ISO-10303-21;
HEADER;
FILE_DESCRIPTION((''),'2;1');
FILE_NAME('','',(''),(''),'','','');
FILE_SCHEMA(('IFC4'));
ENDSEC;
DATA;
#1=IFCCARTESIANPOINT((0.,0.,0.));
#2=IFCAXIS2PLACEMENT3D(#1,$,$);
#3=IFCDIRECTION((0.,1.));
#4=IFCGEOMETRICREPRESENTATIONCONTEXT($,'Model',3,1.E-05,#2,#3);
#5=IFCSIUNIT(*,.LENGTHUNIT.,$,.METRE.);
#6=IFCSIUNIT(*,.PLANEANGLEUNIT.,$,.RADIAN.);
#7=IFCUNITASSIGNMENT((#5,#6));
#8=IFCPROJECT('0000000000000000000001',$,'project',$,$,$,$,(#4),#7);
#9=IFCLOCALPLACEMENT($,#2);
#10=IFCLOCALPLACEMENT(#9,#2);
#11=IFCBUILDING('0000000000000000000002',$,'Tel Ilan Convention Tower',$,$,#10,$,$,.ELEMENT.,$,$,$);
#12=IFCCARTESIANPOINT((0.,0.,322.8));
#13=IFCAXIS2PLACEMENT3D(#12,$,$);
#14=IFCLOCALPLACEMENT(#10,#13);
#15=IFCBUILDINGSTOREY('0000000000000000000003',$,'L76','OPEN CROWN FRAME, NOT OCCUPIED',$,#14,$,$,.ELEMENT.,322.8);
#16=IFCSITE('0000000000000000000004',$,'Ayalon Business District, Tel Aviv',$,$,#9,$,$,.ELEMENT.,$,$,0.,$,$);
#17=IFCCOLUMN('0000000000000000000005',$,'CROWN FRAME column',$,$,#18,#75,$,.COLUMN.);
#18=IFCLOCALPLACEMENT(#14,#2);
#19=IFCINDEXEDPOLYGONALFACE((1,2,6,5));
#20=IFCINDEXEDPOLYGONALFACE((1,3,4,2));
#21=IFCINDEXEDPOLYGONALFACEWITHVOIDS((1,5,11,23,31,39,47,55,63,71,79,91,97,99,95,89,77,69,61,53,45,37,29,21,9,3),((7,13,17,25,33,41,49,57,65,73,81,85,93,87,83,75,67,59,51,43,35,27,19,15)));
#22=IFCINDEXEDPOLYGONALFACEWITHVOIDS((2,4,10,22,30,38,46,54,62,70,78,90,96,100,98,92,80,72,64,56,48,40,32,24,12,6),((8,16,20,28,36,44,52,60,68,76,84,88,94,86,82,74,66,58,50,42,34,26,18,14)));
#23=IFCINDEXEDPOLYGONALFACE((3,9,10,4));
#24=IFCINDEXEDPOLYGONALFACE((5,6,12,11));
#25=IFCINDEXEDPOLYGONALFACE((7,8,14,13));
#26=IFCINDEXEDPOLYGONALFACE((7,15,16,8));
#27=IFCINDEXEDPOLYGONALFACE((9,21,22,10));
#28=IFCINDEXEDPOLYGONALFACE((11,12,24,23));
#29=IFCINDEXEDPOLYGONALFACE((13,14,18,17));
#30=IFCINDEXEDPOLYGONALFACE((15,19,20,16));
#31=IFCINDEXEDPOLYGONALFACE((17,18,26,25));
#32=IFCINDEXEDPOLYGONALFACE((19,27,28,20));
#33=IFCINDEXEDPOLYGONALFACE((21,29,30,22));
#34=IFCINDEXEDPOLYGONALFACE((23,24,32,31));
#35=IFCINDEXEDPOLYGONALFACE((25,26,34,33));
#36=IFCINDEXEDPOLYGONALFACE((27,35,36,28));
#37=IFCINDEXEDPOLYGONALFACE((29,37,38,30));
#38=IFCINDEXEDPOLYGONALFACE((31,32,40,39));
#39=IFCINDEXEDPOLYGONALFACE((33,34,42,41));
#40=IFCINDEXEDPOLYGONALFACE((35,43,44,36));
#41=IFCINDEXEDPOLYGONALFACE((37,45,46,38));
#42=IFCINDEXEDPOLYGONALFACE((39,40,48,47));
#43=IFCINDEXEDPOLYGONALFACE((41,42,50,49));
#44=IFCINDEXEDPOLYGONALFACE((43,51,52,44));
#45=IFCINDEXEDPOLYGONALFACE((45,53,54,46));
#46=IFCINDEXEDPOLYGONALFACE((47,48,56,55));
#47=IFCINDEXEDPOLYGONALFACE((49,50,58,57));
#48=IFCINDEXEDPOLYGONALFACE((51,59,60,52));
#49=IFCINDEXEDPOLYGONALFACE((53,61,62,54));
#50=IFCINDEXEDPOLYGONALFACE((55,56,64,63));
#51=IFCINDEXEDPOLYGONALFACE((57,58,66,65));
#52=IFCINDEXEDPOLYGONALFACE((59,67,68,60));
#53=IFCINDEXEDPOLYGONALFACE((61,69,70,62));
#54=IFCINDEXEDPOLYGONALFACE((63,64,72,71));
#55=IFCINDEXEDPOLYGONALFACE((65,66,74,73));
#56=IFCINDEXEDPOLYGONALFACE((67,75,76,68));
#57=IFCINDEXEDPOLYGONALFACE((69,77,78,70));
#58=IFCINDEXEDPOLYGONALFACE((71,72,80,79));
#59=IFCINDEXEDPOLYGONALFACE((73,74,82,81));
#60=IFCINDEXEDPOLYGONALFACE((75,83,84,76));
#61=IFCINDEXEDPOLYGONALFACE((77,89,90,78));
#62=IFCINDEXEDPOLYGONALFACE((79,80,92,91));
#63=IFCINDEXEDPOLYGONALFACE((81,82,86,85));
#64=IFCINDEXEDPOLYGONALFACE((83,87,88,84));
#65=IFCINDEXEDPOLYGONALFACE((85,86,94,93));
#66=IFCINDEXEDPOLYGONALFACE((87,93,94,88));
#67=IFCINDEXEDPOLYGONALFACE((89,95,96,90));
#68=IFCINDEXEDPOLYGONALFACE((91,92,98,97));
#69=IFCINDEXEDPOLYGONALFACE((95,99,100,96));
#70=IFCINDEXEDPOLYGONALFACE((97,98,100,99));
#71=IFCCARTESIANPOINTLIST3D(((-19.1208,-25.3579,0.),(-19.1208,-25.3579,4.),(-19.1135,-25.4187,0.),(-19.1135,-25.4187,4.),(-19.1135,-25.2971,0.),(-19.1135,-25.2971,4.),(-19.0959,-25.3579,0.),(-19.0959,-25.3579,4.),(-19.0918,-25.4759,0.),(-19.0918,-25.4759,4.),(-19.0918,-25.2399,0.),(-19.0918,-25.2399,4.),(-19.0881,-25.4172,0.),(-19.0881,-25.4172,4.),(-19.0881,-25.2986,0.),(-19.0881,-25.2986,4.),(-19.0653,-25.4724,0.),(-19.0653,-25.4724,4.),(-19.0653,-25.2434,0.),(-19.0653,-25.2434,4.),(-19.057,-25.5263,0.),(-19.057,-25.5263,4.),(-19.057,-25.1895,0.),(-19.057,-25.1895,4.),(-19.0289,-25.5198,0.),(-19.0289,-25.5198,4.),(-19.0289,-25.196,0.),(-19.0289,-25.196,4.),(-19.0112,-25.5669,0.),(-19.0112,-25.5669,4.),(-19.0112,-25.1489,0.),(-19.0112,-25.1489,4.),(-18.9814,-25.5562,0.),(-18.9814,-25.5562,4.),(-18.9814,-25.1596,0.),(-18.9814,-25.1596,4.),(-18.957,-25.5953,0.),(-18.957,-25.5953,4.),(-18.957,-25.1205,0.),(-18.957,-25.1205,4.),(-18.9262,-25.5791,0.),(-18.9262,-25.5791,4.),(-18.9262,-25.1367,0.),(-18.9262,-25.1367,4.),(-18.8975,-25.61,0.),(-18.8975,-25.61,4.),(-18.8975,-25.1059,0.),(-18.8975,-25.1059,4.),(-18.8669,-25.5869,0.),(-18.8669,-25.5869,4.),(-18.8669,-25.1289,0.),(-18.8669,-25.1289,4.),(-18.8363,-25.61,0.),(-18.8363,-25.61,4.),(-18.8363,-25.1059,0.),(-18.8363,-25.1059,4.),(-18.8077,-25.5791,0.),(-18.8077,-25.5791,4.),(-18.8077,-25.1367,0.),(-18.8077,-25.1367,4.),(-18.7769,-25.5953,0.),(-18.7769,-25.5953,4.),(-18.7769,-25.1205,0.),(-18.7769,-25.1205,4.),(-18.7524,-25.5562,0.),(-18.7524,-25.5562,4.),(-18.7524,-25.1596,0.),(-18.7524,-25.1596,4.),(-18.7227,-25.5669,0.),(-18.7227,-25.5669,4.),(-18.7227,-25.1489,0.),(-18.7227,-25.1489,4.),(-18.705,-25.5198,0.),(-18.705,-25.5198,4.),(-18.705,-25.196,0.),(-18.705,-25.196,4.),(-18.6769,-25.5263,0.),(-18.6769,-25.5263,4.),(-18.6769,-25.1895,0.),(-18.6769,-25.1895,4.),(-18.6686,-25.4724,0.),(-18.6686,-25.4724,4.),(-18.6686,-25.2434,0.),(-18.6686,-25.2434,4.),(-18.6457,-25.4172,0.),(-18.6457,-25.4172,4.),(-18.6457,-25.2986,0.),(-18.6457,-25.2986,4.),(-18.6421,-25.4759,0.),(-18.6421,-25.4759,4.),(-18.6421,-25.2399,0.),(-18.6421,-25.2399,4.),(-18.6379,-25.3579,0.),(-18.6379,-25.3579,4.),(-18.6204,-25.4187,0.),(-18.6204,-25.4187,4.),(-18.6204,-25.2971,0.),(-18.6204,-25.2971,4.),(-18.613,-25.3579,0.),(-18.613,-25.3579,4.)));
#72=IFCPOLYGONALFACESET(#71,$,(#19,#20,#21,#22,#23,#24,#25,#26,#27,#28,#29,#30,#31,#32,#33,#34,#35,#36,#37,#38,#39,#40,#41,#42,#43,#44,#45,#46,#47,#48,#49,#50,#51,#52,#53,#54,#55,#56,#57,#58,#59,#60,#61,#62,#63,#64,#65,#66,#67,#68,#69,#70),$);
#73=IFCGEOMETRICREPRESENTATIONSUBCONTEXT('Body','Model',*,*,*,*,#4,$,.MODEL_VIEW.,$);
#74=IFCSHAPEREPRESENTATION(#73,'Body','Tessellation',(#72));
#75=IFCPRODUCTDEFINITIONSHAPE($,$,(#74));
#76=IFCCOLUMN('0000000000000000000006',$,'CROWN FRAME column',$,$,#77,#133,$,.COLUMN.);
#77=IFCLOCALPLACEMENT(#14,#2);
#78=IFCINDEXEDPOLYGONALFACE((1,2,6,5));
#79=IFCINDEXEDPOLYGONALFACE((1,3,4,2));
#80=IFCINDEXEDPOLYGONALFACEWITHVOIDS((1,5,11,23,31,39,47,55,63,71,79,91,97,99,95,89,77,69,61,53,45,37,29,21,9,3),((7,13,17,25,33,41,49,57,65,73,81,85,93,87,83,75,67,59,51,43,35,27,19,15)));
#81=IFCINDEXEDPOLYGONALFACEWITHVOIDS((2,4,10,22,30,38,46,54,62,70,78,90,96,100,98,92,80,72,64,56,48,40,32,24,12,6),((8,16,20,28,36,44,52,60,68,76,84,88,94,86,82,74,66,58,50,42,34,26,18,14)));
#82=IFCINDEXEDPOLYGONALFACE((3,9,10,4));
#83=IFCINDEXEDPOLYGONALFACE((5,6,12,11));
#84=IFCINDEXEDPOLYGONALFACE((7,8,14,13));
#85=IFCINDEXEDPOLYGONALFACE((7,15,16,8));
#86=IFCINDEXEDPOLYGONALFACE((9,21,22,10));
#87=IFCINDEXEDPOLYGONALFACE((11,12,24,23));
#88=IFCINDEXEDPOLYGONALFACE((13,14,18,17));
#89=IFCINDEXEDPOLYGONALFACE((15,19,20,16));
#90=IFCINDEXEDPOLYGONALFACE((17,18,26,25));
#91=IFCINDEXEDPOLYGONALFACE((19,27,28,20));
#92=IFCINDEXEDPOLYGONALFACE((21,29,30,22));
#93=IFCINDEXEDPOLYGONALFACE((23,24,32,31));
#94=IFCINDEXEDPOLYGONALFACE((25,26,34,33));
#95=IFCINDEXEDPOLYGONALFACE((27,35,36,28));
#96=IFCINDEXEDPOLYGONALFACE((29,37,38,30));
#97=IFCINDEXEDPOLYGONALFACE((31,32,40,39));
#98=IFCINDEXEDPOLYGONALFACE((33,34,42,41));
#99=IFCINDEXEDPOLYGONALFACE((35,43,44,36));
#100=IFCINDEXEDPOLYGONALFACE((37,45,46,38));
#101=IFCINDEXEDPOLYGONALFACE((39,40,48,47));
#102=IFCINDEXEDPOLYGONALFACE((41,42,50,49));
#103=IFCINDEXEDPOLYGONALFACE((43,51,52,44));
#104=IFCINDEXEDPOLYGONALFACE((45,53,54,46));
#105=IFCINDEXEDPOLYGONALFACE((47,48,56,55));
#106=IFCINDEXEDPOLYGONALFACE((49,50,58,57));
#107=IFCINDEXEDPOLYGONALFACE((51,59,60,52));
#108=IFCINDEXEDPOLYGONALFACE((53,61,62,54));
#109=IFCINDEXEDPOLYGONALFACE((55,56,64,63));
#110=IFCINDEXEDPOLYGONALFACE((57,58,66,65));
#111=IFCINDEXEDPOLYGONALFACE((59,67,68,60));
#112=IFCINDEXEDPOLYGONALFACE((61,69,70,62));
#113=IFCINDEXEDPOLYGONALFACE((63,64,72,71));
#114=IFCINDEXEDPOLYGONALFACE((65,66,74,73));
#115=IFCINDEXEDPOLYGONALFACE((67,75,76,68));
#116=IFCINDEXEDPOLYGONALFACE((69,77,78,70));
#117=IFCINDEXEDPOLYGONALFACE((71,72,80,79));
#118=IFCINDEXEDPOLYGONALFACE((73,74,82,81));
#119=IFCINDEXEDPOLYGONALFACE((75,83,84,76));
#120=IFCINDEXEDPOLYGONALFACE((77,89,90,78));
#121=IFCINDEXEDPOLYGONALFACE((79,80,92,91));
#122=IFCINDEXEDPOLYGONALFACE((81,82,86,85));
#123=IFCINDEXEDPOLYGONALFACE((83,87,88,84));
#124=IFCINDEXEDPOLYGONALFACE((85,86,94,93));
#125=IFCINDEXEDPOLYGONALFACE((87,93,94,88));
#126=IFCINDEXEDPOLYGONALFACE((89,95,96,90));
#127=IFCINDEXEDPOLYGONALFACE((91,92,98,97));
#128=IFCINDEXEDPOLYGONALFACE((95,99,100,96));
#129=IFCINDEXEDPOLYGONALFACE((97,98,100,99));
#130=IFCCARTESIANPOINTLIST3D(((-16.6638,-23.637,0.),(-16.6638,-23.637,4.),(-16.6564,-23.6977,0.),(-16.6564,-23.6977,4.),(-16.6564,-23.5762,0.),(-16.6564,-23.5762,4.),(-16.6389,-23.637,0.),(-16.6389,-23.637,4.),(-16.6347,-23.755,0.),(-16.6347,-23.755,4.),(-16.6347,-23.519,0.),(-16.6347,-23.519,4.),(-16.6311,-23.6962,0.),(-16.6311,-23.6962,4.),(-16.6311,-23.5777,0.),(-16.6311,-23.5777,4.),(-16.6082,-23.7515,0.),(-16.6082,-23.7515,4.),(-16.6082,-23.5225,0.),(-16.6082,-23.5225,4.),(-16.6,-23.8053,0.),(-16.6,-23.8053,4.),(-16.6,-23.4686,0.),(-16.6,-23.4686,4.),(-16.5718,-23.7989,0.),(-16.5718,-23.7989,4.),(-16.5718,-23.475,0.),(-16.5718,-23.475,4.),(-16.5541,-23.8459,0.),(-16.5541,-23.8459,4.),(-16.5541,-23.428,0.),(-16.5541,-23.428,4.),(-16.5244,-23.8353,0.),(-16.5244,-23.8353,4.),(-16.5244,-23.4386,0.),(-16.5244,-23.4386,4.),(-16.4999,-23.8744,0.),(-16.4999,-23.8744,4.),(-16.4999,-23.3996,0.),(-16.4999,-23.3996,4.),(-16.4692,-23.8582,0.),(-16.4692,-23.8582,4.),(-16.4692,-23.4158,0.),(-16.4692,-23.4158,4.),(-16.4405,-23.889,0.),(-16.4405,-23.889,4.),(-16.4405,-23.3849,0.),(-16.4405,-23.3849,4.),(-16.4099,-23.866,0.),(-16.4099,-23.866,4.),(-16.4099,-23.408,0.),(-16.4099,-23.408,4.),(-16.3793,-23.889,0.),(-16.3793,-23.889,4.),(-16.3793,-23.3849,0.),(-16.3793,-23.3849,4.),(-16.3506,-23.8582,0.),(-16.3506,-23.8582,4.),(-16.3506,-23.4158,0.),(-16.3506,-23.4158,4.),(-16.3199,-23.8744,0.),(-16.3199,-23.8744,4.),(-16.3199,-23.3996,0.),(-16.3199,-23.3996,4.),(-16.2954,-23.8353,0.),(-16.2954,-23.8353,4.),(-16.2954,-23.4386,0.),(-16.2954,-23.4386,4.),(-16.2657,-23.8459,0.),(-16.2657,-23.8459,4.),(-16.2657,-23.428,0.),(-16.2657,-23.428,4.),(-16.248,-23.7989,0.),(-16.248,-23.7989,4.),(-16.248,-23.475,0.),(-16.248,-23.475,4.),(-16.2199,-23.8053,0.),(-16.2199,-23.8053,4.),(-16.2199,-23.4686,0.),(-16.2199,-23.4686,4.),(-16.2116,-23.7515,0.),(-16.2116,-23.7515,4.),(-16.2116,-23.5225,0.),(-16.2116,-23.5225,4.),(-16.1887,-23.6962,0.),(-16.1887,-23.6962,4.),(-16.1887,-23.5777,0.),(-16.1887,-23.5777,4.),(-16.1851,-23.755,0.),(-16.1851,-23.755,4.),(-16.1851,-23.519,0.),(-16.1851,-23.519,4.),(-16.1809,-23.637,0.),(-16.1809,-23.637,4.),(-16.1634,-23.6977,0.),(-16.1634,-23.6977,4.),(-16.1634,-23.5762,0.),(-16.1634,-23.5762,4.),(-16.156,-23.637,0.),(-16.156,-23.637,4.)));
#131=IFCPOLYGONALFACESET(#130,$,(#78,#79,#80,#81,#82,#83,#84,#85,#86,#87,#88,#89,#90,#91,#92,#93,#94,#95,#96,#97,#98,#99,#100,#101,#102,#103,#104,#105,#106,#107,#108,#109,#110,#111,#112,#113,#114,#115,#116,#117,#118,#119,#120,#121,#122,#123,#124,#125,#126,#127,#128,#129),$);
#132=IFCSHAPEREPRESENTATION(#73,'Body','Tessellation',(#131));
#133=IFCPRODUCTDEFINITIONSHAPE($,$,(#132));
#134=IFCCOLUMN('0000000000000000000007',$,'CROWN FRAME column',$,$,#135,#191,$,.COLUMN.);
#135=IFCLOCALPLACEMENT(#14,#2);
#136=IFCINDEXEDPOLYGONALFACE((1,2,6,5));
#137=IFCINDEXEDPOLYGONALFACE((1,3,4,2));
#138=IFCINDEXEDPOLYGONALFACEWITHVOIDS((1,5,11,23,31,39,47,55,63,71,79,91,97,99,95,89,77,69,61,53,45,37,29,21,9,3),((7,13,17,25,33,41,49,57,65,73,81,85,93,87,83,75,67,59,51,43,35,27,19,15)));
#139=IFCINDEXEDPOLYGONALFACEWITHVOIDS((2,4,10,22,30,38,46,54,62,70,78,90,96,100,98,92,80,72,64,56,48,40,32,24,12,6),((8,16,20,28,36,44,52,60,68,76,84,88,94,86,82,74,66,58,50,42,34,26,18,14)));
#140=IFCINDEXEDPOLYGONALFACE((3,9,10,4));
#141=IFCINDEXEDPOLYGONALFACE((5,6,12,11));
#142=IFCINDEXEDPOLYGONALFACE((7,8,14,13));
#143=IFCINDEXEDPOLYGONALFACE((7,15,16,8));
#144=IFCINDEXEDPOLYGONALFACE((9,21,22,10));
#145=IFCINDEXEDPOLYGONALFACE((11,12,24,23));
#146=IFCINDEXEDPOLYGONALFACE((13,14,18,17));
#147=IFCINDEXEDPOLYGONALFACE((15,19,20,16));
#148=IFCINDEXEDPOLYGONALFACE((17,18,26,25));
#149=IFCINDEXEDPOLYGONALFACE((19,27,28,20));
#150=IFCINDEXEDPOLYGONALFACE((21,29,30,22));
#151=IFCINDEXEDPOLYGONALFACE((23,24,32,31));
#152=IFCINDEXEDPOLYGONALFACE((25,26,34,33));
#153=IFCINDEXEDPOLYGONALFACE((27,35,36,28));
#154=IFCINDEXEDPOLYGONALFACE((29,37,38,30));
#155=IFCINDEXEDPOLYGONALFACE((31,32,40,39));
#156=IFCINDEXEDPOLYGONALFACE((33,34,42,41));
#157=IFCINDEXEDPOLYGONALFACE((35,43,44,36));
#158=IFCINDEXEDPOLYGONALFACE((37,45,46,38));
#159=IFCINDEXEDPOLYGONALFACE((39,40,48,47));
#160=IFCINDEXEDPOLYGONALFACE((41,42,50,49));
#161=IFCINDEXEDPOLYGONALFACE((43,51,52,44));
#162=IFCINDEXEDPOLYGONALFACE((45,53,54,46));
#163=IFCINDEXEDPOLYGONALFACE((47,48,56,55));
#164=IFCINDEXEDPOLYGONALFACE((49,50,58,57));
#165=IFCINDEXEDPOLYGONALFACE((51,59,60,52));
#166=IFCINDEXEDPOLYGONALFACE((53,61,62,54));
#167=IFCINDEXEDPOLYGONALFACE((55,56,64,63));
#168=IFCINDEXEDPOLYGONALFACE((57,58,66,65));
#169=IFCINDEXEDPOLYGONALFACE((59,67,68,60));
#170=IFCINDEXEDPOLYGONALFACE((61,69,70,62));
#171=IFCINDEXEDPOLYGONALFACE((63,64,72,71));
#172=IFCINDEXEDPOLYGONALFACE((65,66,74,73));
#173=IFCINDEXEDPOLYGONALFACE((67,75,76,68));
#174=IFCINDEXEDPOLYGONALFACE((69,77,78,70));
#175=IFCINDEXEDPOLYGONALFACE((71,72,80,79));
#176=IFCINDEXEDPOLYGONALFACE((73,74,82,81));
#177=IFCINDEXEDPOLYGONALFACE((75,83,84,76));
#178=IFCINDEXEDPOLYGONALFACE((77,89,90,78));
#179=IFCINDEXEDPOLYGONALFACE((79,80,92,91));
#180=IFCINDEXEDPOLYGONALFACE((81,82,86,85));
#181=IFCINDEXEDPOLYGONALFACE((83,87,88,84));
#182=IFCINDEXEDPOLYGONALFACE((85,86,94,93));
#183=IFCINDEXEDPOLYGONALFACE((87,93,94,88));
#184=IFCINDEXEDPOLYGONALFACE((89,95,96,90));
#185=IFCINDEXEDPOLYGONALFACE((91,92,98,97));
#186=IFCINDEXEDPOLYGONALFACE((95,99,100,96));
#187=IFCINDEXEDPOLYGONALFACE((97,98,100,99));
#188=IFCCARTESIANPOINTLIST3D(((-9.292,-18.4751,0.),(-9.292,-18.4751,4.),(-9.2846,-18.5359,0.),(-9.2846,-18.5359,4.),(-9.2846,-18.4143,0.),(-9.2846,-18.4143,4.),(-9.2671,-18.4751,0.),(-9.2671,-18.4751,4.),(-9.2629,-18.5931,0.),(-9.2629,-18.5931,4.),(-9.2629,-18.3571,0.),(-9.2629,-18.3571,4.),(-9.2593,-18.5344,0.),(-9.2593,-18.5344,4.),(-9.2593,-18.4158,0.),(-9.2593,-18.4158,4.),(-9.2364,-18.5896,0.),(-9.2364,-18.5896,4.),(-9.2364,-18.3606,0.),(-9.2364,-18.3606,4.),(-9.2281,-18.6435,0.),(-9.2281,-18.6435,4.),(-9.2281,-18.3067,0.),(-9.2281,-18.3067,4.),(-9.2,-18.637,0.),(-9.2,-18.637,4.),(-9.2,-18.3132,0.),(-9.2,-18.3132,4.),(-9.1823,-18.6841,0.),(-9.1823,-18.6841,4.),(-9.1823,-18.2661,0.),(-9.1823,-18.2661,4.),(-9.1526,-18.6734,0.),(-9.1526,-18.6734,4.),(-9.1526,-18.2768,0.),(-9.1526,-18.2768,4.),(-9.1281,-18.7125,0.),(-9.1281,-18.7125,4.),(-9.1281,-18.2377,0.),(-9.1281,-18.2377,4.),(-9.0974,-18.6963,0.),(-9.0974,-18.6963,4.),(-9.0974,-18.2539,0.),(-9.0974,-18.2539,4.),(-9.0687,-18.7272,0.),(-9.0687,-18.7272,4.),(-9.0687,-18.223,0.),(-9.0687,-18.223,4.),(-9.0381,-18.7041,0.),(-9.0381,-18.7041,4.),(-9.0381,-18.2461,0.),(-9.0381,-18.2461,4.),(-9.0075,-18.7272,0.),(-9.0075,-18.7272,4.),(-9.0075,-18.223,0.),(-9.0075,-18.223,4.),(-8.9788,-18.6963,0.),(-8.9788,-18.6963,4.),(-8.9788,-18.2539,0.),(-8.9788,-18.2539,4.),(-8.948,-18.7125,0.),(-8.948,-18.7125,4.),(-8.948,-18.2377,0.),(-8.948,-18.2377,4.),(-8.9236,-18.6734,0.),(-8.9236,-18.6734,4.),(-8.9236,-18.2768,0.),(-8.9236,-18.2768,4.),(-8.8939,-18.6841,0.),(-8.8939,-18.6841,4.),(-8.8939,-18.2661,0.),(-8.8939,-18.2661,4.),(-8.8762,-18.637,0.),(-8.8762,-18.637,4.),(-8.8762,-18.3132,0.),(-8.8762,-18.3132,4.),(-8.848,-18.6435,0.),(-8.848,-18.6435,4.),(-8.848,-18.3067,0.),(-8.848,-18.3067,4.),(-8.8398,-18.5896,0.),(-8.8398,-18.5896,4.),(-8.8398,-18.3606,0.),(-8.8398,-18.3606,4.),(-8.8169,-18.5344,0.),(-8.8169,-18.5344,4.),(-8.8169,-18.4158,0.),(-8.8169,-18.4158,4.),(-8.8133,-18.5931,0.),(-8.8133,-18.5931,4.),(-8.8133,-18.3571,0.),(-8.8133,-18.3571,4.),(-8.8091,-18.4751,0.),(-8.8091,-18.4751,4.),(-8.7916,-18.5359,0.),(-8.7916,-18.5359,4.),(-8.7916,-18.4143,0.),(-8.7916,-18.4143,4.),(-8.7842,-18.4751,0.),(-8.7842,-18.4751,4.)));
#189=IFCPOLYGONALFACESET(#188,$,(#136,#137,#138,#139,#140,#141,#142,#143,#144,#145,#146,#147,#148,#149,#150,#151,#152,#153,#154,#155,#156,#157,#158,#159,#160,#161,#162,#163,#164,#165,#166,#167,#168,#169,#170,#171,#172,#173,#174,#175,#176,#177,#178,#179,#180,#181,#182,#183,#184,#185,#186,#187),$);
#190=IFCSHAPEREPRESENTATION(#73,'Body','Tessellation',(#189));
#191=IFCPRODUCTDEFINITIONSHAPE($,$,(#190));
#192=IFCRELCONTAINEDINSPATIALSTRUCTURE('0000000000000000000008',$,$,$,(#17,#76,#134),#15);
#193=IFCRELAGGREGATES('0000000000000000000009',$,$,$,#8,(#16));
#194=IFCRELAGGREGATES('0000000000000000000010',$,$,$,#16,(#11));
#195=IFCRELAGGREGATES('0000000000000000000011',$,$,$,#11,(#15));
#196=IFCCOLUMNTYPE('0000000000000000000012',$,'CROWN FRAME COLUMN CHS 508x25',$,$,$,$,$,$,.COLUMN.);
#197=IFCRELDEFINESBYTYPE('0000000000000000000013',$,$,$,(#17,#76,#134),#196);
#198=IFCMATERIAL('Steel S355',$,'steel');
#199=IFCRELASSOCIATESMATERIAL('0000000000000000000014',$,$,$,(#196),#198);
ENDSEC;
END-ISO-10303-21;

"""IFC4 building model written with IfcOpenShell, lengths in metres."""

from ifc_helpers import new_model, si_unit, direction, frame, origin, origin_2d, place, context, subcontext, project, spatial, hollow_circle, extrude, material, material_profile, profile_set, type_object, element, save


model = new_model("IFC4")

# Units and contexts
model_context = context("Model", 3, precision=1e-05, world=origin(), true_north=direction((0.0, 1.0)))
body_context = subcontext(model_context, "Body", "Model", "MODEL_VIEW")
ifc_project = project(units=[si_unit("LENGTHUNIT", "METRE"), si_unit("PLANEANGLEUNIT", "RADIAN")], contexts=[model_context])

# Site, building, storey
site_placement = place(None, origin())
site = spatial("IfcSite", under=ifc_project, at=site_placement, Name="Ayalon Business District, Tel Aviv", CompositionType="ELEMENT", RefElevation=0.0)
building_placement = place(site_placement, origin())
building = spatial("IfcBuilding", under=site, at=building_placement, Name="Tel Ilan Convention Tower", CompositionType="ELEMENT")
storey_placement = place(building_placement, frame((0.0, 0.0, 322.8)))
storey = spatial("IfcBuildingStorey", under=building, at=storey_placement, Name="L76", Description="OPEN CROWN FRAME, NOT OCCUPIED", CompositionType="ELEMENT", Elevation=322.8)

# Columns
ifc_material_1 = material(Name="Steel S355", Category="steel")
ifc_material_profile_1 = material_profile(ifc_material_1, hollow_circle(Radius=0.2539, WallThickness=0.0249, at=origin_2d()), Name="CHS 508x25")
ifc_profile_set_1 = profile_set([ifc_material_profile_1], Name="Steel S355")
column_type = type_object("IfcColumnType", Name="CROWN FRAME COLUMN CHS 508x25", PredefinedType="COLUMN", material=ifc_profile_set_1)
for number, where, z_axis, x_axis, name in (
    (1, (-18.8669, -25.3579, 0.0), (0.0, 0.0, 1.0), (1.0, 0.0, 0.0), "CROWN FRAME column"),
    (2, (-16.4099, -23.637, 0.0), (0.0, 0.0, 1.0), (1.0, 0.0, 0.0), "CROWN FRAME column"),
    (3, (-9.0381, -18.4751, 0.0), (0.0, 0.0, 1.0), (1.0, 0.0, 0.0), "CROWN FRAME column"),
):
    element("IfcColumn", number, at=place(storey_placement, frame(where, z_axis=z_axis, x_axis=x_axis)), inside=storey, type_object=column_type, Name=name, PredefinedType="COLUMN", context=body_context, shape_type="SweptSolid", body=[
        extrude(hollow_circle(Radius=0.2539, WallThickness=0.0249, at=origin_2d()), origin(), (0.0, 0.0, 1.0), 4.0),
    ])

save(model, "model.ifc")
